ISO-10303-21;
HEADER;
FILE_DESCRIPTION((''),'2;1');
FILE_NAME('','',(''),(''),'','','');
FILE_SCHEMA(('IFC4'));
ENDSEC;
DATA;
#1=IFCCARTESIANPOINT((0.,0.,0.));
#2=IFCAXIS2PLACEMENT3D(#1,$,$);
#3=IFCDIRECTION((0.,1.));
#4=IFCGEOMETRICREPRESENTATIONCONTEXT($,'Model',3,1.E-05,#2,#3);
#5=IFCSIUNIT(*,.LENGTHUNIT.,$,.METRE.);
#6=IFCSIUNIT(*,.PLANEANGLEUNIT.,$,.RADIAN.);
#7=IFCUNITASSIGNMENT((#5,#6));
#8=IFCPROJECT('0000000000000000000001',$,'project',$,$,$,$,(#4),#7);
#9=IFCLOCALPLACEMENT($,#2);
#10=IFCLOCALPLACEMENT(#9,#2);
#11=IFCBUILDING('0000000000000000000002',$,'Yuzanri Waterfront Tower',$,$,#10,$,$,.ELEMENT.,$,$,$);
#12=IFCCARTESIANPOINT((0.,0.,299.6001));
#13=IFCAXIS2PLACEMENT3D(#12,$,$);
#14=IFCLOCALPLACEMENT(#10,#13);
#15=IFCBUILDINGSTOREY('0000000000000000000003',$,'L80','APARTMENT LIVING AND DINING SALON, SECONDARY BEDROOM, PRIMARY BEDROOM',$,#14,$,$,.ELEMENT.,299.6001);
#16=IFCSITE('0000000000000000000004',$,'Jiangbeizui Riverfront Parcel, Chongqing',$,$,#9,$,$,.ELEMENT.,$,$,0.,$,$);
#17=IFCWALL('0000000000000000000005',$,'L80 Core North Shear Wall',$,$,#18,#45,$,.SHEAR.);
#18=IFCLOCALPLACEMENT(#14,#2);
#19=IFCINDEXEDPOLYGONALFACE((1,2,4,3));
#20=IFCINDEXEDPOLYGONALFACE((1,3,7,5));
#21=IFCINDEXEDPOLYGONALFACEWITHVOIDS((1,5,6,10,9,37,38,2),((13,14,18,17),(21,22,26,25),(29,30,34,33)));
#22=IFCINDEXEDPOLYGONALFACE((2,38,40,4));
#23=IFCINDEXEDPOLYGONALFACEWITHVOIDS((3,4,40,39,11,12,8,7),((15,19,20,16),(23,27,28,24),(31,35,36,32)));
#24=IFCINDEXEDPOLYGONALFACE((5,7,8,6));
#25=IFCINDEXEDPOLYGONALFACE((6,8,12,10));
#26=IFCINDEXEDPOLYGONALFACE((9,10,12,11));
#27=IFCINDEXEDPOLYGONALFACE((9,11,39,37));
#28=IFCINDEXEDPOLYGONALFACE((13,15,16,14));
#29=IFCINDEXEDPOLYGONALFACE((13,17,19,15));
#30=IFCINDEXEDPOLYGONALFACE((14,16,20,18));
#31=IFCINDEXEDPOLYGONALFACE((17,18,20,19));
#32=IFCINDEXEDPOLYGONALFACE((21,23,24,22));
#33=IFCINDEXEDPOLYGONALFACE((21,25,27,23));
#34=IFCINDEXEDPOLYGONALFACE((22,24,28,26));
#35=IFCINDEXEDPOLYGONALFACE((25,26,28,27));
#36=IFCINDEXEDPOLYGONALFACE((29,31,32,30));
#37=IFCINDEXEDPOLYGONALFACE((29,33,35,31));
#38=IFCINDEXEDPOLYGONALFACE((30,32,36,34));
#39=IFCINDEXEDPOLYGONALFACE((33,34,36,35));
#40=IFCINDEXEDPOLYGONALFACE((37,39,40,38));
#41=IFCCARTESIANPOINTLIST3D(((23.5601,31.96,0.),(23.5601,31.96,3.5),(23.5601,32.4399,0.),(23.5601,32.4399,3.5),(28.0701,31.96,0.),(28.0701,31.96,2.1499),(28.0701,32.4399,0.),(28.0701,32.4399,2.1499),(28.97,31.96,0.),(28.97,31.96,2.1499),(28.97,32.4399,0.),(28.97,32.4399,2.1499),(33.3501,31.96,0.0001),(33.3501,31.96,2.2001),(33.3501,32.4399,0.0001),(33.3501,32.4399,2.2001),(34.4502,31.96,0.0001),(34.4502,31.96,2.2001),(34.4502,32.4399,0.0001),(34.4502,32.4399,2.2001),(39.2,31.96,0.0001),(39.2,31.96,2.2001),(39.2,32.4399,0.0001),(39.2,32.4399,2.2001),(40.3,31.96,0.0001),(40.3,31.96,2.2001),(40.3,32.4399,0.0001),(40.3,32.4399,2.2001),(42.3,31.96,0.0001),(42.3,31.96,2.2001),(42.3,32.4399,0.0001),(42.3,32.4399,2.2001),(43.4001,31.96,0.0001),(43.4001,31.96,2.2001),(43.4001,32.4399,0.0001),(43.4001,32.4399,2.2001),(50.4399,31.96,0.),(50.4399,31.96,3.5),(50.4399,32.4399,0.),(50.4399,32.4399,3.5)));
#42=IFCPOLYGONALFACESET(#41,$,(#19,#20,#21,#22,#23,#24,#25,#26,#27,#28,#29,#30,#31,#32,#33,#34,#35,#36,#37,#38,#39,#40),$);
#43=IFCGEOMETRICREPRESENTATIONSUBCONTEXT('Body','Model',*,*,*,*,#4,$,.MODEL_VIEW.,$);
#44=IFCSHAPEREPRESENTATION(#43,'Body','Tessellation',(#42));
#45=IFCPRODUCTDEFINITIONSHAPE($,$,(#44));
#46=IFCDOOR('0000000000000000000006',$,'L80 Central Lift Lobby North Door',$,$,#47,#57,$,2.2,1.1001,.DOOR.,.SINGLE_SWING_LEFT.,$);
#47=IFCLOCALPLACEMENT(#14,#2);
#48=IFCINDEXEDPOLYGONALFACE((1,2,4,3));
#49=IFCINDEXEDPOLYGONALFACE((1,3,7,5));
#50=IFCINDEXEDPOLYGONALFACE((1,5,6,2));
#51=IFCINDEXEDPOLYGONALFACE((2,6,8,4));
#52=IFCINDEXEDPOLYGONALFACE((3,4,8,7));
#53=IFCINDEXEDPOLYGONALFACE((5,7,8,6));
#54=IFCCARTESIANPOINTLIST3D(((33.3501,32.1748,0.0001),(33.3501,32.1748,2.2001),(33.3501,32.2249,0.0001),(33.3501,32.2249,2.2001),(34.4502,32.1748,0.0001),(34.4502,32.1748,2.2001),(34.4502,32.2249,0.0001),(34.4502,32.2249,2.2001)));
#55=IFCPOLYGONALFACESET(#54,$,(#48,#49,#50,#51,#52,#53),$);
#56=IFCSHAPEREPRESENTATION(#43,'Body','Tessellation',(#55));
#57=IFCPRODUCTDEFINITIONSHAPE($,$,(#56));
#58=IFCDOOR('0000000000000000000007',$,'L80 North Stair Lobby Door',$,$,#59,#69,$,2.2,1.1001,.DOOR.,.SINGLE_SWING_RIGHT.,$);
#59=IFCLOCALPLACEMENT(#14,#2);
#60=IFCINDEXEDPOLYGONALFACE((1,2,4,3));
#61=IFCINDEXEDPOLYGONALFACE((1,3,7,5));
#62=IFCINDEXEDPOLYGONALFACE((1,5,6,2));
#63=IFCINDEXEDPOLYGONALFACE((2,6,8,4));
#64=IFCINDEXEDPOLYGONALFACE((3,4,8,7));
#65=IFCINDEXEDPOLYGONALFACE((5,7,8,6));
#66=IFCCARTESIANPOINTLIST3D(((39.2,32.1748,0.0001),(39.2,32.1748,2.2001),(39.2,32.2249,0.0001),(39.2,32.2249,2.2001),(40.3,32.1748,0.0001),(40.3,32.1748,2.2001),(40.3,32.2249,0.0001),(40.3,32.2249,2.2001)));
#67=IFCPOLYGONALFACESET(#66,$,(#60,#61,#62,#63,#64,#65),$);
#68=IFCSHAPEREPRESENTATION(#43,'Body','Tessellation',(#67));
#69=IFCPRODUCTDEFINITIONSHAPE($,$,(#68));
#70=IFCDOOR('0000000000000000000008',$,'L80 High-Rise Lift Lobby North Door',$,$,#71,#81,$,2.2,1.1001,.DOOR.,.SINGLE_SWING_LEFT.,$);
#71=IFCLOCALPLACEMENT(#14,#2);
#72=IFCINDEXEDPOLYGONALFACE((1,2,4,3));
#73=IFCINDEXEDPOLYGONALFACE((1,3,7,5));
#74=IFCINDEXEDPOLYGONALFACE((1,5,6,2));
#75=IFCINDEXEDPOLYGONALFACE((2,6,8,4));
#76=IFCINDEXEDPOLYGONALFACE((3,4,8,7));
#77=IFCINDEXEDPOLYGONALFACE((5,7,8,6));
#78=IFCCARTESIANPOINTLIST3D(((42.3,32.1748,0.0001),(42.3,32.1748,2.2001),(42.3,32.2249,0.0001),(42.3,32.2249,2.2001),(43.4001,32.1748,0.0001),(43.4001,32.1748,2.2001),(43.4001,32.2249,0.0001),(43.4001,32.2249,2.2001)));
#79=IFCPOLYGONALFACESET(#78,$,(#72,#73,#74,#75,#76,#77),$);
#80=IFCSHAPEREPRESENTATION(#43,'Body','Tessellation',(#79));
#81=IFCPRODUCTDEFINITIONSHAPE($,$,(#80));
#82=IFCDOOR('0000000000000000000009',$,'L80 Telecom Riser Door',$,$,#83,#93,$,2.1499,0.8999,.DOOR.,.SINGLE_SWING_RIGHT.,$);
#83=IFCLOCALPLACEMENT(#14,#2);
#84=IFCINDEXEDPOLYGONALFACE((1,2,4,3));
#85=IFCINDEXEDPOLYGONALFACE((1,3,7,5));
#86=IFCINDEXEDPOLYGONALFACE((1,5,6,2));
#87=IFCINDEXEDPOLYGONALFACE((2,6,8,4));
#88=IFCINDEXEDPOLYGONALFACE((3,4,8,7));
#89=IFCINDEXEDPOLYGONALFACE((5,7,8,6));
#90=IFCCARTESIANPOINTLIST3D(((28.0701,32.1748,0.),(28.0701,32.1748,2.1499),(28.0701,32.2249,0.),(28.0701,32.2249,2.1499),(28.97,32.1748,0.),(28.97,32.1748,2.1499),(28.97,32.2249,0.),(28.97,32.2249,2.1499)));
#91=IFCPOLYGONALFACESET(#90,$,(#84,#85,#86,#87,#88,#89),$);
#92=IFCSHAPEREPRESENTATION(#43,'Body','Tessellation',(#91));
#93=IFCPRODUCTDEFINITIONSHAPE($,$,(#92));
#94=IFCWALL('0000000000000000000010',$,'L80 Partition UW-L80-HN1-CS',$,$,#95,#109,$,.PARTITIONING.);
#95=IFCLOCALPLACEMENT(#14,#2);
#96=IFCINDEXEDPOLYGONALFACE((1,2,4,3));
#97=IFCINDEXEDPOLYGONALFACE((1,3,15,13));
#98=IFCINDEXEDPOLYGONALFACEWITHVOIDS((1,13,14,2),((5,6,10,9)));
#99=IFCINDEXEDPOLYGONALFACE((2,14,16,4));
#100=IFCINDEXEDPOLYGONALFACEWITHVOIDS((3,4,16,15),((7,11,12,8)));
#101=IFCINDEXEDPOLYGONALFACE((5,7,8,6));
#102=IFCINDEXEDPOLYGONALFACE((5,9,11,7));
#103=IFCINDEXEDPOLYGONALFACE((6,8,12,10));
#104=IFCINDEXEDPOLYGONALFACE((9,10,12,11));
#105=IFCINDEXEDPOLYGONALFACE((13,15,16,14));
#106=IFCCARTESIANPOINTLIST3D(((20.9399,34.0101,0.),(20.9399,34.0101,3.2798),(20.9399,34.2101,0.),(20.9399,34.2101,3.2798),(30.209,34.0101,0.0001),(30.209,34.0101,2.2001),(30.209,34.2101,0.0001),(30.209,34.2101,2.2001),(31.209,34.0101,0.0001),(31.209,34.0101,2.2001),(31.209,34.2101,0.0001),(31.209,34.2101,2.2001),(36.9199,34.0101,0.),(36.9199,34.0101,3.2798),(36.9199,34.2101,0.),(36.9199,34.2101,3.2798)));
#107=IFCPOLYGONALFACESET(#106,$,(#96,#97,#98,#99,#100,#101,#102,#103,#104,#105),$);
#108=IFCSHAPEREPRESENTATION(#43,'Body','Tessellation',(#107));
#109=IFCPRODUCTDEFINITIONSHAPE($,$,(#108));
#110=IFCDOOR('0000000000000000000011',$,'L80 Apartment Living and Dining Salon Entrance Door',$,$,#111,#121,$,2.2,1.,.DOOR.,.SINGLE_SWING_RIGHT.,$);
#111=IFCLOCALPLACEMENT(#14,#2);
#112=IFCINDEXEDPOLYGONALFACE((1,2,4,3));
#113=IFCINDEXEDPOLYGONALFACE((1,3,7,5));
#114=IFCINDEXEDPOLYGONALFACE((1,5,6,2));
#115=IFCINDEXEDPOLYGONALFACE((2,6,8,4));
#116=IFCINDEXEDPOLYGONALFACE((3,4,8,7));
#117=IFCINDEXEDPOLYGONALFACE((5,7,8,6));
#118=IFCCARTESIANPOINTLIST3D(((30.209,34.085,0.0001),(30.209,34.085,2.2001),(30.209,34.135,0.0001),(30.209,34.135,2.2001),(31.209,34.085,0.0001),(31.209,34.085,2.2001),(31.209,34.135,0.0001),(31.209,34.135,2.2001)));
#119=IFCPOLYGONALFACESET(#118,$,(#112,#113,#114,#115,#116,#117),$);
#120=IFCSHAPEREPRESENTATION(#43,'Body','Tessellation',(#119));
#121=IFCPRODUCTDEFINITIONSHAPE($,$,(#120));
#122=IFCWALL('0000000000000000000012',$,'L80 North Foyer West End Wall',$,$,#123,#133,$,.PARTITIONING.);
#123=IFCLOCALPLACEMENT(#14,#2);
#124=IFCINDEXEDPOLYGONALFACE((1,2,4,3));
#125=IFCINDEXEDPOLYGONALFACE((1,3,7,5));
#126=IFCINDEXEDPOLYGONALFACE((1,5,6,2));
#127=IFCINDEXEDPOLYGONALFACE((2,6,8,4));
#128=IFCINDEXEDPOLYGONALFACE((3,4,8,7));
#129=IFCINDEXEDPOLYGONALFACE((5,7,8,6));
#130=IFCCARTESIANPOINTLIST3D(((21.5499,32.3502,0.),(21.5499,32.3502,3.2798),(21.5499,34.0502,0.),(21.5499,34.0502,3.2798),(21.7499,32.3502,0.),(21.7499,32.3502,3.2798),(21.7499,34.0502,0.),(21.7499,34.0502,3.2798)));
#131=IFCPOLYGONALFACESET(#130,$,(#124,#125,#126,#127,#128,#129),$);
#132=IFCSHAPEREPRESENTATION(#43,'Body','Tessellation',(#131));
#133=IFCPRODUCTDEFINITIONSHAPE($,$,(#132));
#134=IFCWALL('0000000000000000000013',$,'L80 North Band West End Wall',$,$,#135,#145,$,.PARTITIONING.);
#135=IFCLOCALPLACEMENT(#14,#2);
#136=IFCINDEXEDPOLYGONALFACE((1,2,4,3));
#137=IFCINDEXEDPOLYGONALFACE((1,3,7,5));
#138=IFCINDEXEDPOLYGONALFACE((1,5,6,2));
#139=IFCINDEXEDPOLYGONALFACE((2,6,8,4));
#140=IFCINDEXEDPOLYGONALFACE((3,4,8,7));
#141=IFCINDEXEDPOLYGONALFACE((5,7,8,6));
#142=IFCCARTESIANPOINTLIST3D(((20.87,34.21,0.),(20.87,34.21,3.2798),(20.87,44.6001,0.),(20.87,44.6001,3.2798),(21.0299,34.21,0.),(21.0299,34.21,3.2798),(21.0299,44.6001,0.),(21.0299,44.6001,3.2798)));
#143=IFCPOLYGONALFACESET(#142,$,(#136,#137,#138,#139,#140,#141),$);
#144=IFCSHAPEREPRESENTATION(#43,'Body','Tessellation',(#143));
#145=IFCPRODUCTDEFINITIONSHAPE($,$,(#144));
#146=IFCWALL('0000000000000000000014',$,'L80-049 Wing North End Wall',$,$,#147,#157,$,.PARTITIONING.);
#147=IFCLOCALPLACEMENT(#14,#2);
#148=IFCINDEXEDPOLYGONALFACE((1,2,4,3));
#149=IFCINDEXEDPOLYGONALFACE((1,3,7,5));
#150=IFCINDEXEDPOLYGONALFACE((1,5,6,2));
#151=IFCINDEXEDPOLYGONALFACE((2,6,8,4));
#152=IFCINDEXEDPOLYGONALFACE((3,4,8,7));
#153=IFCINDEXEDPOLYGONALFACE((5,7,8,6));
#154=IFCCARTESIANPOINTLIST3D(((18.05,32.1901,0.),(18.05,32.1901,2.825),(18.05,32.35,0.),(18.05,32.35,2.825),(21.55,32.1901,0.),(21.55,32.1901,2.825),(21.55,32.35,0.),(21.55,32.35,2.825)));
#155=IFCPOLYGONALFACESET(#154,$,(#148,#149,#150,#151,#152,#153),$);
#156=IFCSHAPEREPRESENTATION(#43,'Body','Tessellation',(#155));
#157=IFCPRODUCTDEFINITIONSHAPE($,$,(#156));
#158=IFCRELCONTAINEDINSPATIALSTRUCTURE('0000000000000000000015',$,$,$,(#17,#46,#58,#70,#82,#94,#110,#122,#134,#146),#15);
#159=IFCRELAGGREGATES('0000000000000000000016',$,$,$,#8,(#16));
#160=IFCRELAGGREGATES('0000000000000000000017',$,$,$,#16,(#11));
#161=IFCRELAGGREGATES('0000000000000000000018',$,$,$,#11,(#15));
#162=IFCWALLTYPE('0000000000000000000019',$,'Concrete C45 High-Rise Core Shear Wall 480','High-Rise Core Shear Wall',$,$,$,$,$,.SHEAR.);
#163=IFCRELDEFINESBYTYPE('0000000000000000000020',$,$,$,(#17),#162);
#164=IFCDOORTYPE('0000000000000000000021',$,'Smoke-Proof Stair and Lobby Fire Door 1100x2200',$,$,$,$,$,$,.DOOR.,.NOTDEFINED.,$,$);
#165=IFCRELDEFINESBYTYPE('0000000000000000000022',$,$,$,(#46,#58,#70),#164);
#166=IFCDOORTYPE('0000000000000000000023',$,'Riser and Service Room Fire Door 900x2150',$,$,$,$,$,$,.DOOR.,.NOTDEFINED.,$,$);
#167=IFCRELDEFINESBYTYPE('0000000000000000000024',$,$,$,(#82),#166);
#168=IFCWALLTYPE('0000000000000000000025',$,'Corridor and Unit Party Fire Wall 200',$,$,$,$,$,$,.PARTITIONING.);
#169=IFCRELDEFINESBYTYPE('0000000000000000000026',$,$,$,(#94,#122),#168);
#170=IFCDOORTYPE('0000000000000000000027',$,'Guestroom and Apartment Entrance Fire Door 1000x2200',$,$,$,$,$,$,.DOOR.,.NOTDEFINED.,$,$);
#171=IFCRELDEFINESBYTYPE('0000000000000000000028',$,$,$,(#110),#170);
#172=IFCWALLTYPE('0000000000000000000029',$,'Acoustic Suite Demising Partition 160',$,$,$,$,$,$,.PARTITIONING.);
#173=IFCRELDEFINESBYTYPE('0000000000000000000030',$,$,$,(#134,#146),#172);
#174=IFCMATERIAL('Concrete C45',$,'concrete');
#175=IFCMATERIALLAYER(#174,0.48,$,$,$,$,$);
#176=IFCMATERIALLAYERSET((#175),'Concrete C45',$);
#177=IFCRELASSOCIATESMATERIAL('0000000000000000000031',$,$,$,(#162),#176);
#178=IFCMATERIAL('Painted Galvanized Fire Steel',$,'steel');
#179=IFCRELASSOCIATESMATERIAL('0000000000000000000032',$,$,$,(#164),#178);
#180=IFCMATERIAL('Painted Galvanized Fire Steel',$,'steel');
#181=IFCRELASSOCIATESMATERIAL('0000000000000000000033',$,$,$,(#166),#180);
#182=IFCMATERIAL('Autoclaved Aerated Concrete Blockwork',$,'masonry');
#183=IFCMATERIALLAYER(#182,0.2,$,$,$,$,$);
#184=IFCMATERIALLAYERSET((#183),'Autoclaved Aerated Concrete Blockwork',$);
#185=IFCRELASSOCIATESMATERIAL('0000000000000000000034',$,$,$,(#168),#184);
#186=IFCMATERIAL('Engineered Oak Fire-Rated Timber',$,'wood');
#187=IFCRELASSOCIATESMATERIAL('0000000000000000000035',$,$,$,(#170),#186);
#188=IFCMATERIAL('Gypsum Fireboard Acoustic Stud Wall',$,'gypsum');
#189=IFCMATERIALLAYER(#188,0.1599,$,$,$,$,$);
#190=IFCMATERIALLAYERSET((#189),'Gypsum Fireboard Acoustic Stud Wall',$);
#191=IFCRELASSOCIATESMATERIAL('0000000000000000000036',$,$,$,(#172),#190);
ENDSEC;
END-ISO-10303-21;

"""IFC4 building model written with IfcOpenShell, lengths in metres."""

from ifc_helpers import new_model, si_unit, direction, frame, frame_2d, origin, place, context, subcontext, project, spatial, rectangle, extrude, source, transform, mapped, material, layer, layer_set, type_object, element, fill, save


model = new_model("IFC4")

# Units and contexts
model_context = context("Model", 3, precision=1e-05, world=origin(), true_north=direction((0.0, 1.0)))
body_context = subcontext(model_context, "Body", "Model", "MODEL_VIEW")
ifc_project = project(units=[si_unit("LENGTHUNIT", "METRE"), si_unit("PLANEANGLEUNIT", "RADIAN")], contexts=[model_context])

# Site, building, storey
site_placement = place(None, origin())
site = spatial("IfcSite", under=ifc_project, at=site_placement, Name="Jiangbeizui Riverfront Parcel, Chongqing", CompositionType="ELEMENT", RefElevation=0.0)
building_placement = place(site_placement, origin())
building = spatial("IfcBuilding", under=site, at=building_placement, Name="Yuzanri Waterfront Tower", CompositionType="ELEMENT")
storey_placement = place(building_placement, frame((0.0, 0.0, 299.6001)))
storey = spatial("IfcBuildingStorey", under=building, at=storey_placement, Name="L80", Description="APARTMENT LIVING AND DINING SALON, SECONDARY BEDROOM, PRIMARY BEDROOM", CompositionType="ELEMENT", Elevation=299.6001)

# Wall, openings, doors
ifc_material_1 = material(Name="Concrete C45", Category="concrete")
ifc_layer_1 = layer(ifc_material_1, 0.48)
ifc_layer_set_1 = layer_set([ifc_layer_1], Name="Concrete C45")
wall_type_1 = type_object("IfcWallType", Name="Concrete C45 High-Rise Core Shear Wall 480", Description="High-Rise Core Shear Wall", PredefinedType="SHEAR", material=ifc_layer_set_1)
wall_1_placement = place(storey_placement, frame((23.5601, 32.2, 0.0), z_axis=(0.0, 0.0, 1.0), x_axis=(1.0, 0.0, 0.0)))
wall_1 = element("IfcWall", 1, at=wall_1_placement, inside=storey, type_object=wall_type_1, Name="L80 Core North Shear Wall", PredefinedType="SHEAR", context=body_context, shape_type="SweptSolid", body=[
    extrude(rectangle(XDim=26.8799, YDim=0.48, at=frame_2d((13.4399, 0.0))), origin(), (0.0, 0.0, 1.0), 3.5),
])
opening_1_placement = place(wall_1_placement, frame((4.51, 0.0, 0.0)))
opening_1 = element("IfcOpeningElement", 2, at=opening_1_placement, cuts=wall_1, PredefinedType="OPENING", context=body_context, shape_type="SweptSolid", body=[
    extrude(rectangle(XDim=0.8999, YDim=2.1499, at=frame_2d((0.45, 1.075))), frame((0.0, 0.2549, 0.0), z_axis=(0.0, -1.0, 0.0), x_axis=(1.0, 0.0, 0.0)), (0.0, 0.0, 1.0), 0.5098),
])
opening_2_placement = place(wall_1_placement, frame((9.79, 0.0, 0.0)))
opening_2 = element("IfcOpeningElement", 3, at=opening_2_placement, cuts=wall_1, PredefinedType="OPENING", context=body_context, shape_type="SweptSolid", body=[
    extrude(rectangle(XDim=1.1001, YDim=2.2, at=frame_2d((0.55, 1.1001))), frame((0.0, 0.2549, 0.0), z_axis=(0.0, -1.0, 0.0), x_axis=(1.0, 0.0, 0.0)), (0.0, 0.0, 1.0), 0.5098),
])
opening_3_placement = place(wall_1_placement, frame((15.6399, 0.0, 0.0)))
opening_3 = element("IfcOpeningElement", 4, at=opening_3_placement, cuts=wall_1, PredefinedType="OPENING", context=body_context, shape_type="SweptSolid", body=[
    extrude(rectangle(XDim=1.1001, YDim=2.2, at=frame_2d((0.55, 1.1001))), frame((0.0, 0.2549, 0.0), z_axis=(0.0, -1.0, 0.0), x_axis=(1.0, 0.0, 0.0)), (0.0, 0.0, 1.0), 0.5098),
])
opening_4_placement = place(wall_1_placement, frame((18.74, 0.0, 0.0)))
opening_4 = element("IfcOpeningElement", 5, at=opening_4_placement, cuts=wall_1, PredefinedType="OPENING", context=body_context, shape_type="SweptSolid", body=[
    extrude(rectangle(XDim=1.1001, YDim=2.2, at=frame_2d((0.55, 1.1001))), frame((0.0, 0.2549, 0.0), z_axis=(0.0, -1.0, 0.0), x_axis=(1.0, 0.0, 0.0)), (0.0, 0.0, 1.0), 0.5098),
])
ifc_material_2 = material(Name="Painted Galvanized Fire Steel", Category="steel")
door_type_1 = type_object("IfcDoorType", Name="Smoke-Proof Stair and Lobby Fire Door 1100x2200", OperationType="NOTDEFINED", PredefinedType="DOOR", material=ifc_material_2)
shared_shape_1 = source(origin(), body_context, "Body", "SweptSolid", [
    extrude(rectangle(XDim=1.1001, YDim=2.2, at=frame_2d((0.55, 1.1001))), frame((0.0, 0.0249, 0.0), z_axis=(0.0, -1.0, 0.0), x_axis=(1.0, 0.0, 0.0)), (0.0, 0.0, 1.0), 0.05),
])
door_1_placement = place(opening_2_placement, origin())
door_1 = element("IfcDoor", 6, at=door_1_placement, inside=storey, type_object=door_type_1, Name="L80 Central Lift Lobby North Door", OperationType="SINGLE_SWING_LEFT", OverallHeight=2.2, OverallWidth=1.1001, PredefinedType="DOOR", context=body_context, shape_type="MappedRepresentation", body=[
    mapped(shared_shape_1, transform((0.0, 0.0, 0.0), scale=1.0)),
])
fill(opening_2, door_1)
door_2_placement = place(opening_3_placement, origin())
door_2 = element("IfcDoor", 7, at=door_2_placement, inside=storey, type_object=door_type_1, Name="L80 North Stair Lobby Door", OperationType="SINGLE_SWING_RIGHT", OverallHeight=2.2, OverallWidth=1.1001, PredefinedType="DOOR", context=body_context, shape_type="MappedRepresentation", body=[
    mapped(shared_shape_1, transform((0.0, 0.0, 0.0), scale=1.0)),
])
fill(opening_3, door_2)
door_3_placement = place(opening_4_placement, origin())
door_3 = element("IfcDoor", 8, at=door_3_placement, inside=storey, type_object=door_type_1, Name="L80 High-Rise Lift Lobby North Door", OperationType="SINGLE_SWING_LEFT", OverallHeight=2.2, OverallWidth=1.1001, PredefinedType="DOOR", context=body_context, shape_type="MappedRepresentation", body=[
    mapped(shared_shape_1, transform((0.0, 0.0, 0.0), scale=1.0)),
])
fill(opening_4, door_3)
ifc_material_3 = material(Name="Painted Galvanized Fire Steel", Category="steel")
door_type_2 = type_object("IfcDoorType", Name="Riser and Service Room Fire Door 900x2150", OperationType="NOTDEFINED", PredefinedType="DOOR", material=ifc_material_3)
shared_shape_2 = source(origin(), body_context, "Body", "SweptSolid", [
    extrude(rectangle(XDim=0.8999, YDim=2.1499, at=frame_2d((0.45, 1.075))), frame((0.0, 0.0249, 0.0), z_axis=(0.0, -1.0, 0.0), x_axis=(1.0, 0.0, 0.0)), (0.0, 0.0, 1.0), 0.05),
])
door_4_placement = place(opening_1_placement, origin())
door_4 = element("IfcDoor", 9, at=door_4_placement, inside=storey, type_object=door_type_2, Name="L80 Telecom Riser Door", OperationType="SINGLE_SWING_RIGHT", OverallHeight=2.1499, OverallWidth=0.8999, PredefinedType="DOOR", context=body_context, shape_type="MappedRepresentation", body=[
    mapped(shared_shape_2, transform((0.0, 0.0, 0.0), scale=1.0)),
])
fill(opening_1, door_4)

# Wall, opening, door
ifc_material_4 = material(Name="Autoclaved Aerated Concrete Blockwork", Category="masonry")
ifc_layer_2 = layer(ifc_material_4, 0.2)
ifc_layer_set_2 = layer_set([ifc_layer_2], Name="Autoclaved Aerated Concrete Blockwork")
wall_type_2 = type_object("IfcWallType", Name="Corridor and Unit Party Fire Wall 200", PredefinedType="PARTITIONING", material=ifc_layer_set_2)
wall_2_placement = place(storey_placement, frame((20.9399, 34.1101, 0.0), z_axis=(0.0, 0.0, 1.0), x_axis=(1.0, 0.0, 0.0)))
wall_2 = element("IfcWall", 10, at=wall_2_placement, inside=storey, type_object=wall_type_2, Name="L80 Partition UW-L80-HN1-CS", PredefinedType="PARTITIONING", context=body_context, shape_type="SweptSolid", body=[
    extrude(rectangle(XDim=15.98, YDim=0.2, at=frame_2d((7.99, 0.0))), origin(), (0.0, 0.0, 1.0), 3.2798),
])
opening_5_placement = place(wall_2_placement, frame((9.269, 0.0, 0.0)))
opening_5 = element("IfcOpeningElement", 11, at=opening_5_placement, cuts=wall_2, PredefinedType="OPENING", context=body_context, shape_type="SweptSolid", body=[
    extrude(rectangle(XDim=1.0, YDim=2.2, at=frame_2d((0.5, 1.1001))), frame((0.0, 0.1147, 0.0), z_axis=(0.0, -1.0, 0.0), x_axis=(1.0, 0.0, 0.0)), (0.0, 0.0, 1.0), 0.2297),
])
ifc_material_5 = material(Name="Engineered Oak Fire-Rated Timber", Category="wood")
door_type_3 = type_object("IfcDoorType", Name="Guestroom and Apartment Entrance Fire Door 1000x2200", OperationType="NOTDEFINED", PredefinedType="DOOR", material=ifc_material_5)
shared_shape_3 = source(origin(), body_context, "Body", "SweptSolid", [
    extrude(rectangle(XDim=1.0, YDim=2.2, at=frame_2d((0.5, 1.1001))), frame((0.0, 0.0249, 0.0), z_axis=(0.0, -1.0, 0.0), x_axis=(1.0, 0.0, 0.0)), (0.0, 0.0, 1.0), 0.05),
])
door_5_placement = place(opening_5_placement, origin())
door_5 = element("IfcDoor", 12, at=door_5_placement, inside=storey, type_object=door_type_3, Name="L80 Apartment Living and Dining Salon Entrance Door", OperationType="SINGLE_SWING_RIGHT", OverallHeight=2.2, OverallWidth=1.0, PredefinedType="DOOR", context=body_context, shape_type="MappedRepresentation", body=[
    mapped(shared_shape_3, transform((0.0, 0.0, 0.0), scale=1.0)),
])
fill(opening_5, door_5)

# Walls
shared_shape_4 = source(origin(), body_context, "Body", "SweptSolid", [
    extrude(rectangle(XDim=1.7, YDim=0.2, at=frame_2d((0.8501, 0.0))), origin(), (0.0, 0.0, 1.0), 3.2798),
])
wall_3_placement = place(storey_placement, frame((21.6499, 32.3501, 0.0), z_axis=(0.0, 0.0, 1.0), x_axis=(0.0, 1.0, 0.0)))
element("IfcWall", 13, at=wall_3_placement, inside=storey, type_object=wall_type_2, Name="L80 North Foyer West End Wall", PredefinedType="PARTITIONING", context=body_context, shape_type="MappedRepresentation", body=[
    mapped(shared_shape_4, transform((0.0, 0.0, 0.0), scale=1.0)),
])
ifc_material_6 = material(Name="Gypsum Fireboard Acoustic Stud Wall", Category="gypsum")
ifc_layer_3 = layer(ifc_material_6, 0.1599)
ifc_layer_set_3 = layer_set([ifc_layer_3], Name="Gypsum Fireboard Acoustic Stud Wall")
wall_type_3 = type_object("IfcWallType", Name="Acoustic Suite Demising Partition 160", PredefinedType="PARTITIONING", material=ifc_layer_set_3)
shared_shape_5 = source(origin(), body_context, "Body", "SweptSolid", [
    extrude(rectangle(XDim=10.3901, YDim=0.1599, at=frame_2d((5.1951, 0.0))), origin(), (0.0, 0.0, 1.0), 3.2798),
])
wall_4_placement = place(storey_placement, frame((20.95, 34.21, 0.0), z_axis=(0.0, 0.0, 1.0), x_axis=(0.0, 1.0, 0.0)))
element("IfcWall", 14, at=wall_4_placement, inside=storey, type_object=wall_type_3, Name="L80 North Band West End Wall", PredefinedType="PARTITIONING", context=body_context, shape_type="MappedRepresentation", body=[
    mapped(shared_shape_5, transform((0.0, 0.0, 0.0), scale=1.0)),
])
shared_shape_6 = source(origin(), body_context, "Body", "SweptSolid", [
    extrude(rectangle(XDim=3.5, YDim=0.1599, at=frame_2d((1.75, 0.0))), origin(), (0.0, 0.0, 1.0), 2.825),
])
wall_5_placement = place(storey_placement, frame((18.05, 32.27, 0.0), z_axis=(0.0, 0.0, 1.0), x_axis=(1.0, 0.0, 0.0)))
element("IfcWall", 15, at=wall_5_placement, inside=storey, type_object=wall_type_3, Name="L80-049 Wing North End Wall", PredefinedType="PARTITIONING", context=body_context, shape_type="MappedRepresentation", body=[
    mapped(shared_shape_6, transform((0.0, 0.0, 0.0), scale=1.0)),
])

save(model, "model.ifc")
